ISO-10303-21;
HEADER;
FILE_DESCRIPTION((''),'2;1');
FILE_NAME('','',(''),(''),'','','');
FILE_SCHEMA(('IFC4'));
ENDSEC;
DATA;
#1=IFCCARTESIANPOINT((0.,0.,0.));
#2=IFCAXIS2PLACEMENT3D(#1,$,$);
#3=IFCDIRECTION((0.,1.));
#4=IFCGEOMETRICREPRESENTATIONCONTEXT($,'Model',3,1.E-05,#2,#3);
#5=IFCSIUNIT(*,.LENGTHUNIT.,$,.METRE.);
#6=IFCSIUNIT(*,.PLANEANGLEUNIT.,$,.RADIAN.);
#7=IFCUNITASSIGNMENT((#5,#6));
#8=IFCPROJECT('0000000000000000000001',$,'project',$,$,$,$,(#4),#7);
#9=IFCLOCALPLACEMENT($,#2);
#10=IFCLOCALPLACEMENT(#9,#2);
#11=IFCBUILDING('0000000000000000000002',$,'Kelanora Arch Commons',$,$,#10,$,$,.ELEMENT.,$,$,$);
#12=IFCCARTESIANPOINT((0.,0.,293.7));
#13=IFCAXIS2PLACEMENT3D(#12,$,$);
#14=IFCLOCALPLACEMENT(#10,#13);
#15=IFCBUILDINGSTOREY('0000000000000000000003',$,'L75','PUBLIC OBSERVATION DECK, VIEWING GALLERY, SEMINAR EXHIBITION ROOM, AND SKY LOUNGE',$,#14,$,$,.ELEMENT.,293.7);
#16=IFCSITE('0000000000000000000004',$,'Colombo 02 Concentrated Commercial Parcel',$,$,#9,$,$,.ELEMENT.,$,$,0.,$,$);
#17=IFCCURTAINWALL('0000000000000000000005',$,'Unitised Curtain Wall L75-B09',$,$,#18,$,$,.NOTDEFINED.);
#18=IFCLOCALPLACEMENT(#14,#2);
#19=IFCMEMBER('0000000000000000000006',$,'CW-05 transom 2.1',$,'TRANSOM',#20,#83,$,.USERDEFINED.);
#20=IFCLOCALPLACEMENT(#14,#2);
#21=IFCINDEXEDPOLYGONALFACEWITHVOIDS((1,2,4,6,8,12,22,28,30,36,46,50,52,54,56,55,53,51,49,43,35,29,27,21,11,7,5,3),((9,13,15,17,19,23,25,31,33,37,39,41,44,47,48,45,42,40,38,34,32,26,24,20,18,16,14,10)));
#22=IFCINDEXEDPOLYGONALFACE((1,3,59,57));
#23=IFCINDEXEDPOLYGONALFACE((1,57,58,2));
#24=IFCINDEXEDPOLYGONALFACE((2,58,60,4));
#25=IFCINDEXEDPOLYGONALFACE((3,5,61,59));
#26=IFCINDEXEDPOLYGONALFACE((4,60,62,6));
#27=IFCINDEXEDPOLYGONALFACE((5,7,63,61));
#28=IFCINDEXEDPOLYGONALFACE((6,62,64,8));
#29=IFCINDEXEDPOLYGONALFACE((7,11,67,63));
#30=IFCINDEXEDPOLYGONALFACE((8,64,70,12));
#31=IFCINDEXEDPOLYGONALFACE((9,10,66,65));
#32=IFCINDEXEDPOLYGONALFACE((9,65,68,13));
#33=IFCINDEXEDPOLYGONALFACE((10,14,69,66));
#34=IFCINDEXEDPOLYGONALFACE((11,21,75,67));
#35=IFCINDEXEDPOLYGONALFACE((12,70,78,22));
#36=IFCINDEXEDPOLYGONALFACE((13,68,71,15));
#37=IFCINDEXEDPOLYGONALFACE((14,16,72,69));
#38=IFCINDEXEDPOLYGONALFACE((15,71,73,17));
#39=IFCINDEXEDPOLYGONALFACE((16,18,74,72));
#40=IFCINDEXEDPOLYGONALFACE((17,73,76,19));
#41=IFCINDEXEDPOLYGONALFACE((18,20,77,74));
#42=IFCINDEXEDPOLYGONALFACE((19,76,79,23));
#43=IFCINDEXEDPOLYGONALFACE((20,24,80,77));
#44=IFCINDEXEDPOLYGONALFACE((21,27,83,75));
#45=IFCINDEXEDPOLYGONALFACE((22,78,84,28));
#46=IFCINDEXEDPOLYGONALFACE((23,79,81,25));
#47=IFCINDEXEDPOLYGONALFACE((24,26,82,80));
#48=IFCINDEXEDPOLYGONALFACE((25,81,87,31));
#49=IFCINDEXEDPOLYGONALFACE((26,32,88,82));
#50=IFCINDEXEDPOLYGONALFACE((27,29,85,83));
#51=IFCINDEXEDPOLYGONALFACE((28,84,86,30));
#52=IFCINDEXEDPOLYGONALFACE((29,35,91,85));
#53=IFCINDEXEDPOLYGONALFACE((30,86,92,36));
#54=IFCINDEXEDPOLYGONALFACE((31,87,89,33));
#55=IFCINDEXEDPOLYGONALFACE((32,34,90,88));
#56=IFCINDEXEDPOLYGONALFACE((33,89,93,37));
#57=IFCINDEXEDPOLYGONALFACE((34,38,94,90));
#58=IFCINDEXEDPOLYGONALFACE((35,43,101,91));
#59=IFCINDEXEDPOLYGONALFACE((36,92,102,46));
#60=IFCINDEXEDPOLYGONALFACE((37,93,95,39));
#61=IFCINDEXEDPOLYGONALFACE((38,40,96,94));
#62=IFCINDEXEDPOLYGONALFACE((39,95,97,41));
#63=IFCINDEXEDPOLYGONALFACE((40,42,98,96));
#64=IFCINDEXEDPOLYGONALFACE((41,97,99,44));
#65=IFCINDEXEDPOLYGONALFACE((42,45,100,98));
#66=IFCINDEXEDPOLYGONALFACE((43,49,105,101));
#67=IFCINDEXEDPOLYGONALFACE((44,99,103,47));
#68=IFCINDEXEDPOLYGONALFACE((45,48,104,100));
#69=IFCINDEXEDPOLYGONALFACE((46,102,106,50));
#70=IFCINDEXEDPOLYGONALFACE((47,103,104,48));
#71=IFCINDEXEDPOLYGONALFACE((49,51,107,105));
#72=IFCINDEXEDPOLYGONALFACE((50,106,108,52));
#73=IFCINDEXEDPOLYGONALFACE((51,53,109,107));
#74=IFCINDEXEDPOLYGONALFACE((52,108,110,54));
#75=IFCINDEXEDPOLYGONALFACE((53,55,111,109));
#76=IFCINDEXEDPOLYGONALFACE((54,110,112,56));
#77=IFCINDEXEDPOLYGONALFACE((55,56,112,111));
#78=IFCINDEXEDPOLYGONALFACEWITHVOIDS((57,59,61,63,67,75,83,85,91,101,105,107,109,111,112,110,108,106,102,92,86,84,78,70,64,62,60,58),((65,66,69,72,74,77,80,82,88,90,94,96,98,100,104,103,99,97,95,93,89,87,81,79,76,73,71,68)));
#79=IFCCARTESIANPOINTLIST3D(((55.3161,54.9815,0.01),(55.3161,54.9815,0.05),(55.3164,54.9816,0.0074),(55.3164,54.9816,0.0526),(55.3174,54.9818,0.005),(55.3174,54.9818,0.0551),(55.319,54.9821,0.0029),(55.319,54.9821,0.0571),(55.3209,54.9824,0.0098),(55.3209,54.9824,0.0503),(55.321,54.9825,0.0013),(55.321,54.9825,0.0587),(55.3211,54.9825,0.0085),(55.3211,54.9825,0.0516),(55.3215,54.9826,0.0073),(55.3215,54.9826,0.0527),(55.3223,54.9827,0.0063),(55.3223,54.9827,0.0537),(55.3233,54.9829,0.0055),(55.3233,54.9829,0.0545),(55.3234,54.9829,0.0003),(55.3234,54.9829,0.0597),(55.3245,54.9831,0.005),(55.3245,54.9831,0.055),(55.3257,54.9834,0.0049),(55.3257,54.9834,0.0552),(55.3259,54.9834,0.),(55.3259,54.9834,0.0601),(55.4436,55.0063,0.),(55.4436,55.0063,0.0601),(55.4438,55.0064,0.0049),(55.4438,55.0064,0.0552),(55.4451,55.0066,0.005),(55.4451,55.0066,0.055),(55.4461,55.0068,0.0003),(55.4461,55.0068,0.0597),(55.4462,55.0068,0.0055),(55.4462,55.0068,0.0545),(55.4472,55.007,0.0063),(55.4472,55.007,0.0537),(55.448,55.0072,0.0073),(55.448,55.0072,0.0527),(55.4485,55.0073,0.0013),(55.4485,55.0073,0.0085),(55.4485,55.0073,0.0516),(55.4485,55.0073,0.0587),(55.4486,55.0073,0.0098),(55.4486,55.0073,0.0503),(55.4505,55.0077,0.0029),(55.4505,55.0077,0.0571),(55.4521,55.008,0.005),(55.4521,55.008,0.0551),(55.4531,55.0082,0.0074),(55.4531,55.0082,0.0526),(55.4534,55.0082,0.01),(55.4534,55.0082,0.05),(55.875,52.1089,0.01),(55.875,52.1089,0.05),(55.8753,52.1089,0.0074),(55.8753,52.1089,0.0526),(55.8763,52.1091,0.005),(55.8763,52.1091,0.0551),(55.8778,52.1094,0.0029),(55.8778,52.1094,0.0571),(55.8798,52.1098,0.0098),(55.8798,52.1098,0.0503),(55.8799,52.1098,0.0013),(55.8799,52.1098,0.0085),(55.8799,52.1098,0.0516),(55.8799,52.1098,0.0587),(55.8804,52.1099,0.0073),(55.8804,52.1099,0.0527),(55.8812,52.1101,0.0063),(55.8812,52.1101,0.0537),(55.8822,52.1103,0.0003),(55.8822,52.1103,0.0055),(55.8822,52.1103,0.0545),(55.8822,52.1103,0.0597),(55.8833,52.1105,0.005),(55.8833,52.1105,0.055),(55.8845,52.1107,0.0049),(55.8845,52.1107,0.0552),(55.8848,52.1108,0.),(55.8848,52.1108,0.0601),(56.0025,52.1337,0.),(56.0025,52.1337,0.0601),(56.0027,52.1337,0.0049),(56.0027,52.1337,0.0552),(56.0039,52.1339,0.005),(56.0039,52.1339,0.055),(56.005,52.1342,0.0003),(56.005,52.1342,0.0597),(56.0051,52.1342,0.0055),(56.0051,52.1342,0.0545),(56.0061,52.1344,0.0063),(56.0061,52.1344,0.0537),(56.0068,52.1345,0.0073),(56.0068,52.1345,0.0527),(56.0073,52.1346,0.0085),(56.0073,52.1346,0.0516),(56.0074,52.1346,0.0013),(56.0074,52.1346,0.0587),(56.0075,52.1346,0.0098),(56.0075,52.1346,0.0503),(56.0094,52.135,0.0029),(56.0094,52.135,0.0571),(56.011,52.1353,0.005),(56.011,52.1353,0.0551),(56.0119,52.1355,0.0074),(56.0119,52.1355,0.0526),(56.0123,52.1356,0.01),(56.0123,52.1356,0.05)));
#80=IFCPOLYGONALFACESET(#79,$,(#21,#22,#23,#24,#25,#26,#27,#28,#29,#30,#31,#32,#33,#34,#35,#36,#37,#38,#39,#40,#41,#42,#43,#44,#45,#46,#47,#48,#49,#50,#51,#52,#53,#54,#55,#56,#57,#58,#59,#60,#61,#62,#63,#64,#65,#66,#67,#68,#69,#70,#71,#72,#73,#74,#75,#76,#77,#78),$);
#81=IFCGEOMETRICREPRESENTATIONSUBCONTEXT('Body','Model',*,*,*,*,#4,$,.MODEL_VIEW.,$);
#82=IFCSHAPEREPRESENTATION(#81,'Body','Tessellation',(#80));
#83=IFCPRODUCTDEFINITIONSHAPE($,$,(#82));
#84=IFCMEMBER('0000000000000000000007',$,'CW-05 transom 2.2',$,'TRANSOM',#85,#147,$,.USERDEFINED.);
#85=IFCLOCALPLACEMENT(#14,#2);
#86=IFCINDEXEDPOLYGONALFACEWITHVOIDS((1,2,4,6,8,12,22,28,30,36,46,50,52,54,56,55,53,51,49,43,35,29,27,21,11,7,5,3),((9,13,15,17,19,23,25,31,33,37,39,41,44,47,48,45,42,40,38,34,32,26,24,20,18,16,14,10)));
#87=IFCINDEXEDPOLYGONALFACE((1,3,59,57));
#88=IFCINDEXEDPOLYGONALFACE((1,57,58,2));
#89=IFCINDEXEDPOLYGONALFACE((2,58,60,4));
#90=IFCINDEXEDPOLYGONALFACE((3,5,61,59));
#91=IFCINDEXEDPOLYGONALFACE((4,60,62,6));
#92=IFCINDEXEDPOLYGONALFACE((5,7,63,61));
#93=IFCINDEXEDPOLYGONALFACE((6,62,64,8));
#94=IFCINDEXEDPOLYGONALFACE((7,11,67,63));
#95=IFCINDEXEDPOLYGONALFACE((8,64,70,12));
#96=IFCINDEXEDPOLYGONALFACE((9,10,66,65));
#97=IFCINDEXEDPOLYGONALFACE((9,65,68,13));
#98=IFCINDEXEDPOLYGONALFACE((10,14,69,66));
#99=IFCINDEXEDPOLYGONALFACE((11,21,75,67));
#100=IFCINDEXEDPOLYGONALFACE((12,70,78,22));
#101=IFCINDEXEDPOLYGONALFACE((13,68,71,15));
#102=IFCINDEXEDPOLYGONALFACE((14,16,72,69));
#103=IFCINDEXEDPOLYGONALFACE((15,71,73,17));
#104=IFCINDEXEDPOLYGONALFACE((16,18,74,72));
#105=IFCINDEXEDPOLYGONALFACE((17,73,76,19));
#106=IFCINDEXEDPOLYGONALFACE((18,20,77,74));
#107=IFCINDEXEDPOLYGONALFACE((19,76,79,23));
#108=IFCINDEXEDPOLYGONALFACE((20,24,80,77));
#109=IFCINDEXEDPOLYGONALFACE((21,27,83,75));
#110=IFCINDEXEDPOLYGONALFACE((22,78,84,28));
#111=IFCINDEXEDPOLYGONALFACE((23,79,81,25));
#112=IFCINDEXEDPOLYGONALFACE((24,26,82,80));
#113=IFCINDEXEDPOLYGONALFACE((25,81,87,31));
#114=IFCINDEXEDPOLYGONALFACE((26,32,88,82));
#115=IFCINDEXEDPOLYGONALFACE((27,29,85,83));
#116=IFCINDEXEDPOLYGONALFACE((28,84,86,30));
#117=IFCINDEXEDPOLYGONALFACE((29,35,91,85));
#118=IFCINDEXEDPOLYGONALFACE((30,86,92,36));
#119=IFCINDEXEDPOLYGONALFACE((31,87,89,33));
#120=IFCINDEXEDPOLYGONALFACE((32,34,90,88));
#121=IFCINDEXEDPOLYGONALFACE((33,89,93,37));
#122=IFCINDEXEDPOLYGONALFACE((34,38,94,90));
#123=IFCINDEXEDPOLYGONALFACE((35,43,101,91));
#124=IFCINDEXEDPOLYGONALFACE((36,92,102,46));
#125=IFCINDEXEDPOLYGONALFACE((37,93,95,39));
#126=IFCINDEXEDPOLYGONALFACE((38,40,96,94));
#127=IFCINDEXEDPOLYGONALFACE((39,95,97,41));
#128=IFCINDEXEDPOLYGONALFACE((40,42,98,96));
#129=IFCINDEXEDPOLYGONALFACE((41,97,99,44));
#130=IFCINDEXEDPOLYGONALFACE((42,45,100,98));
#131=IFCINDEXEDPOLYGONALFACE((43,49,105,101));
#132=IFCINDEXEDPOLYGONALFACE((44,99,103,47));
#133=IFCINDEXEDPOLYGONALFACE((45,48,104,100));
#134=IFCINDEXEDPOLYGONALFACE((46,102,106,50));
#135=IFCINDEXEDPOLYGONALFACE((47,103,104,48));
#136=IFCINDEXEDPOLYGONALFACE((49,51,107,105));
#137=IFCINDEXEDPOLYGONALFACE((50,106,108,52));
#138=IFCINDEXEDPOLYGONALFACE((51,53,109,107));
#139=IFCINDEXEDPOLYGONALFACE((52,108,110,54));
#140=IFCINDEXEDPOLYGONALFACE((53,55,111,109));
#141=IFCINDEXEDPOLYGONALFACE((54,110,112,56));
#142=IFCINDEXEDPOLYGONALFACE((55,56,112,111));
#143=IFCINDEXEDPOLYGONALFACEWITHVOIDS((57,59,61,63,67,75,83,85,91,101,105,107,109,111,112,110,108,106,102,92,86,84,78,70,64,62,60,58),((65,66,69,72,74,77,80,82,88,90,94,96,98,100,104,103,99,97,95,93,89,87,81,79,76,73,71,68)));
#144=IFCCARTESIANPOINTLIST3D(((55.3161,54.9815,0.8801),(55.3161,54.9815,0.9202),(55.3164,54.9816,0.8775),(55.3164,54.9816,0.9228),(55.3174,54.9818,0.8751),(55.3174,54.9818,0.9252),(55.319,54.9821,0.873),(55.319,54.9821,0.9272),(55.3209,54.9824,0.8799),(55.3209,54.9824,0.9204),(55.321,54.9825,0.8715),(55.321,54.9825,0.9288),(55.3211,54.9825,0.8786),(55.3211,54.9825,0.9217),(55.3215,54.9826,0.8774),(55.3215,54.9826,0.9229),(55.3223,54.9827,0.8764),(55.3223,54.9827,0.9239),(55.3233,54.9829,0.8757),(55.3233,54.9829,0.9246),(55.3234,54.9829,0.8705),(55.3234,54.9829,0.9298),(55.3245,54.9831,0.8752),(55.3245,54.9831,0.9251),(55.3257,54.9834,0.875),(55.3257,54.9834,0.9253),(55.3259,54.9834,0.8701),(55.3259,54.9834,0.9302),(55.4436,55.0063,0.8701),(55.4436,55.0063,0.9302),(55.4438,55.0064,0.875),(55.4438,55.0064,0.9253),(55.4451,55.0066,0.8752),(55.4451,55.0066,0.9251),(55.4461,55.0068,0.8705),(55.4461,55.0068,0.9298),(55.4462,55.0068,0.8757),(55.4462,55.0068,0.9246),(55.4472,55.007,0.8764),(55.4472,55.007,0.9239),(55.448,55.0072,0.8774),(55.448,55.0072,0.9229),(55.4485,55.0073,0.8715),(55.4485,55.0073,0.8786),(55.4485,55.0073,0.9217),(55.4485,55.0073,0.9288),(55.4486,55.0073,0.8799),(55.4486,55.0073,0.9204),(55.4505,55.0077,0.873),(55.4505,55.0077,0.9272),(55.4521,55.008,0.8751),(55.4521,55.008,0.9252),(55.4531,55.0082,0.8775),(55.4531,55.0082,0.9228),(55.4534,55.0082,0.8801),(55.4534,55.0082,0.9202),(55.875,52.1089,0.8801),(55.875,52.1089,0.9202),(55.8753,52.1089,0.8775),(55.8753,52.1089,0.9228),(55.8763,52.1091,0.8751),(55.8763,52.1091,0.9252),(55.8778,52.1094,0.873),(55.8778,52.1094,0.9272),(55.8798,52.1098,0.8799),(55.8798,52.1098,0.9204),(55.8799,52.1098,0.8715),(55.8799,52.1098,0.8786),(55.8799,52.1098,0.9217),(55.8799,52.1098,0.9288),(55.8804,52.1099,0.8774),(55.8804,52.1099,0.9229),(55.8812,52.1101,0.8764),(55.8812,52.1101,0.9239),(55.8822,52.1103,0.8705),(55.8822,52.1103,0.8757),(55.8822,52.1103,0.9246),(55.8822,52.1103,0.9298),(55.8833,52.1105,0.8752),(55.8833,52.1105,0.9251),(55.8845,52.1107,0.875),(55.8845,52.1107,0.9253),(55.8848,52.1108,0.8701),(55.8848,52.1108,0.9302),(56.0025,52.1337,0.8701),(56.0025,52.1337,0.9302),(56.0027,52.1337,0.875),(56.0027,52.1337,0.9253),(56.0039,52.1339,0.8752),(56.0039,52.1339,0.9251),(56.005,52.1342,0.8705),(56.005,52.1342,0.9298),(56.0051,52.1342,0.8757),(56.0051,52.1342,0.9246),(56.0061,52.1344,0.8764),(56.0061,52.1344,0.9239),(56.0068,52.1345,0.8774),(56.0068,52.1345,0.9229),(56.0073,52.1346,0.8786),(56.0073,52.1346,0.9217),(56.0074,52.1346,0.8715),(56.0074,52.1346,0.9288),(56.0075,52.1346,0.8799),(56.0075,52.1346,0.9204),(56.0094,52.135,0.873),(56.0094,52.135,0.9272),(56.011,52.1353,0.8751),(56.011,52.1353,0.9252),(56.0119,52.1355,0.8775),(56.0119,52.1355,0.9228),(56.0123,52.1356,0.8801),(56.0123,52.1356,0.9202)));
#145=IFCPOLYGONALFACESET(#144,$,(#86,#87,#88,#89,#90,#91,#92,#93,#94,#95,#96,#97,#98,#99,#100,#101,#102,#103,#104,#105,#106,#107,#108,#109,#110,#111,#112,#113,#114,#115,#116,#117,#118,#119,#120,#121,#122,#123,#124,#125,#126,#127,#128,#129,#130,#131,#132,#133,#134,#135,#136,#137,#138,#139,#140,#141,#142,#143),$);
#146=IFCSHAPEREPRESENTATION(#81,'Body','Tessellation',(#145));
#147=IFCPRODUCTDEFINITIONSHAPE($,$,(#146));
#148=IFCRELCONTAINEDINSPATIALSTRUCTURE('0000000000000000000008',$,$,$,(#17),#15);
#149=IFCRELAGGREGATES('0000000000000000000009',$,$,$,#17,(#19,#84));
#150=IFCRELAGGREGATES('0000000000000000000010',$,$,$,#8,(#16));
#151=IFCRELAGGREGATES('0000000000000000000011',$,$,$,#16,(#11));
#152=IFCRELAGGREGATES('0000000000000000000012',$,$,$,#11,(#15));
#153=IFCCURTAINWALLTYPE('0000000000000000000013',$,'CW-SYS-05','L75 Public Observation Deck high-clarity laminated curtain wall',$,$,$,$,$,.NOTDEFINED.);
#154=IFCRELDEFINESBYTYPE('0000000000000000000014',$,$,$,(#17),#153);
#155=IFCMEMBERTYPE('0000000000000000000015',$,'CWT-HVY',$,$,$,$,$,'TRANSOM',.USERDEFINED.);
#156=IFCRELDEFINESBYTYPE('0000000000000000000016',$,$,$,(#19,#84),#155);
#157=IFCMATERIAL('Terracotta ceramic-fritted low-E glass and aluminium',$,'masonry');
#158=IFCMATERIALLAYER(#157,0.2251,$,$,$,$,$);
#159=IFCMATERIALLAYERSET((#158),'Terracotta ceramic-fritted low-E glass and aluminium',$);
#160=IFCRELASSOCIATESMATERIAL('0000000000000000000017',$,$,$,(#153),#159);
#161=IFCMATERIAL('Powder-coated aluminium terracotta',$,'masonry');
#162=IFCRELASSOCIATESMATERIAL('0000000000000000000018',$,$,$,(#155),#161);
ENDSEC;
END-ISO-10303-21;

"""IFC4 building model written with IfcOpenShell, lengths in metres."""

from ifc_helpers import new_model, si_unit, direction, frame, origin, origin_2d, place, context, subcontext, project, spatial, hollow_rectangle, extrude, material, layer, layer_set, material_profile, profile_set, type_object, element, aggregate, save


model = new_model("IFC4")

# Units and contexts
model_context = context("Model", 3, precision=1e-05, world=origin(), true_north=direction((0.0, 1.0)))
body_context = subcontext(model_context, "Body", "Model", "MODEL_VIEW")
ifc_project = project(units=[si_unit("LENGTHUNIT", "METRE"), si_unit("PLANEANGLEUNIT", "RADIAN")], contexts=[model_context])

# Site, building, storey
site_placement = place(None, origin())
site = spatial("IfcSite", under=ifc_project, at=site_placement, Name="Colombo 02 Concentrated Commercial Parcel", CompositionType="ELEMENT", RefElevation=0.0)
building_placement = place(site_placement, origin())
building = spatial("IfcBuilding", under=site, at=building_placement, Name="Kelanora Arch Commons", CompositionType="ELEMENT")
storey_placement = place(building_placement, frame((0.0, 0.0, 293.7)))
storey = spatial("IfcBuildingStorey", under=building, at=storey_placement, Name="L75", Description="PUBLIC OBSERVATION DECK, VIEWING GALLERY, SEMINAR EXHIBITION ROOM, AND SKY LOUNGE", CompositionType="ELEMENT", Elevation=293.7)

# Shared definitions
ifc_material_1 = material(Name="Terracotta ceramic-fritted low-E glass and aluminium", Category="masonry")
ifc_layer_1 = layer(ifc_material_1, 0.2251)
ifc_layer_set_1 = layer_set([ifc_layer_1], Name="Terracotta ceramic-fritted low-E glass and aluminium")
curtain_wall_type = type_object("IfcCurtainWallType", Name="CW-SYS-05", Description="L75 Public Observation Deck high-clarity laminated curtain wall", PredefinedType="NOTDEFINED", material=ifc_layer_set_1)
ifc_material_2 = material(Name="Powder-coated aluminium terracotta", Category="masonry")

# Curtain wall
curtain_wall_1_placement = place(storey_placement, origin())
curtain_wall_1 = element("IfcCurtainWall", 1, at=curtain_wall_1_placement, inside=storey, type_object=curtain_wall_type, Name="Unitised Curtain Wall L75-B09", PredefinedType="NOTDEFINED")

# Members
ifc_material_profile_1 = material_profile(ifc_material_2, hollow_rectangle(XDim=0.1399, YDim=0.0601, WallThickness=0.0049, InnerFilletRadius=0.0049, OuterFilletRadius=0.01, at=origin_2d()), Name="CWT140x60")
ifc_profile_set_1 = profile_set([ifc_material_profile_1], Name="Powder-coated aluminium terracotta")
member_type_1 = type_object("IfcMemberType", Name="CWT-HVY", ElementType="TRANSOM", PredefinedType="USERDEFINED", material=ifc_profile_set_1)
member_1_placement = place(storey_placement, frame((55.3848, 54.9949, 0.03), z_axis=(0.190963, -0.981597, 0.0), x_axis=(0.981597, 0.190963, 0.0)))
member_1 = element("IfcMember", 2, at=member_1_placement, type_object=member_type_1, Name="CW-05 transom 2.1", ObjectType="TRANSOM", PredefinedType="USERDEFINED", context=body_context, shape_type="SweptSolid", body=[
    extrude(hollow_rectangle(XDim=0.1399, YDim=0.0601, WallThickness=0.0049, InnerFilletRadius=0.0049, OuterFilletRadius=0.01, at=origin_2d()), origin(), (0.0, 0.0, 1.0), 2.9265),
])
member_2_placement = place(storey_placement, frame((55.3848, 54.9949, 0.9001), z_axis=(0.190963, -0.981597, 0.0), x_axis=(0.981597, 0.190963, 0.0)))
member_2 = element("IfcMember", 3, at=member_2_placement, type_object=member_type_1, Name="CW-05 transom 2.2", ObjectType="TRANSOM", PredefinedType="USERDEFINED", context=body_context, shape_type="SweptSolid", body=[
    extrude(hollow_rectangle(XDim=0.1399, YDim=0.0601, WallThickness=0.0049, InnerFilletRadius=0.0049, OuterFilletRadius=0.01, at=origin_2d()), origin(), (0.0, 0.0, 1.0), 2.9265),
])

aggregate(curtain_wall_1, [member_1, member_2])

save(model, "model.ifc")
